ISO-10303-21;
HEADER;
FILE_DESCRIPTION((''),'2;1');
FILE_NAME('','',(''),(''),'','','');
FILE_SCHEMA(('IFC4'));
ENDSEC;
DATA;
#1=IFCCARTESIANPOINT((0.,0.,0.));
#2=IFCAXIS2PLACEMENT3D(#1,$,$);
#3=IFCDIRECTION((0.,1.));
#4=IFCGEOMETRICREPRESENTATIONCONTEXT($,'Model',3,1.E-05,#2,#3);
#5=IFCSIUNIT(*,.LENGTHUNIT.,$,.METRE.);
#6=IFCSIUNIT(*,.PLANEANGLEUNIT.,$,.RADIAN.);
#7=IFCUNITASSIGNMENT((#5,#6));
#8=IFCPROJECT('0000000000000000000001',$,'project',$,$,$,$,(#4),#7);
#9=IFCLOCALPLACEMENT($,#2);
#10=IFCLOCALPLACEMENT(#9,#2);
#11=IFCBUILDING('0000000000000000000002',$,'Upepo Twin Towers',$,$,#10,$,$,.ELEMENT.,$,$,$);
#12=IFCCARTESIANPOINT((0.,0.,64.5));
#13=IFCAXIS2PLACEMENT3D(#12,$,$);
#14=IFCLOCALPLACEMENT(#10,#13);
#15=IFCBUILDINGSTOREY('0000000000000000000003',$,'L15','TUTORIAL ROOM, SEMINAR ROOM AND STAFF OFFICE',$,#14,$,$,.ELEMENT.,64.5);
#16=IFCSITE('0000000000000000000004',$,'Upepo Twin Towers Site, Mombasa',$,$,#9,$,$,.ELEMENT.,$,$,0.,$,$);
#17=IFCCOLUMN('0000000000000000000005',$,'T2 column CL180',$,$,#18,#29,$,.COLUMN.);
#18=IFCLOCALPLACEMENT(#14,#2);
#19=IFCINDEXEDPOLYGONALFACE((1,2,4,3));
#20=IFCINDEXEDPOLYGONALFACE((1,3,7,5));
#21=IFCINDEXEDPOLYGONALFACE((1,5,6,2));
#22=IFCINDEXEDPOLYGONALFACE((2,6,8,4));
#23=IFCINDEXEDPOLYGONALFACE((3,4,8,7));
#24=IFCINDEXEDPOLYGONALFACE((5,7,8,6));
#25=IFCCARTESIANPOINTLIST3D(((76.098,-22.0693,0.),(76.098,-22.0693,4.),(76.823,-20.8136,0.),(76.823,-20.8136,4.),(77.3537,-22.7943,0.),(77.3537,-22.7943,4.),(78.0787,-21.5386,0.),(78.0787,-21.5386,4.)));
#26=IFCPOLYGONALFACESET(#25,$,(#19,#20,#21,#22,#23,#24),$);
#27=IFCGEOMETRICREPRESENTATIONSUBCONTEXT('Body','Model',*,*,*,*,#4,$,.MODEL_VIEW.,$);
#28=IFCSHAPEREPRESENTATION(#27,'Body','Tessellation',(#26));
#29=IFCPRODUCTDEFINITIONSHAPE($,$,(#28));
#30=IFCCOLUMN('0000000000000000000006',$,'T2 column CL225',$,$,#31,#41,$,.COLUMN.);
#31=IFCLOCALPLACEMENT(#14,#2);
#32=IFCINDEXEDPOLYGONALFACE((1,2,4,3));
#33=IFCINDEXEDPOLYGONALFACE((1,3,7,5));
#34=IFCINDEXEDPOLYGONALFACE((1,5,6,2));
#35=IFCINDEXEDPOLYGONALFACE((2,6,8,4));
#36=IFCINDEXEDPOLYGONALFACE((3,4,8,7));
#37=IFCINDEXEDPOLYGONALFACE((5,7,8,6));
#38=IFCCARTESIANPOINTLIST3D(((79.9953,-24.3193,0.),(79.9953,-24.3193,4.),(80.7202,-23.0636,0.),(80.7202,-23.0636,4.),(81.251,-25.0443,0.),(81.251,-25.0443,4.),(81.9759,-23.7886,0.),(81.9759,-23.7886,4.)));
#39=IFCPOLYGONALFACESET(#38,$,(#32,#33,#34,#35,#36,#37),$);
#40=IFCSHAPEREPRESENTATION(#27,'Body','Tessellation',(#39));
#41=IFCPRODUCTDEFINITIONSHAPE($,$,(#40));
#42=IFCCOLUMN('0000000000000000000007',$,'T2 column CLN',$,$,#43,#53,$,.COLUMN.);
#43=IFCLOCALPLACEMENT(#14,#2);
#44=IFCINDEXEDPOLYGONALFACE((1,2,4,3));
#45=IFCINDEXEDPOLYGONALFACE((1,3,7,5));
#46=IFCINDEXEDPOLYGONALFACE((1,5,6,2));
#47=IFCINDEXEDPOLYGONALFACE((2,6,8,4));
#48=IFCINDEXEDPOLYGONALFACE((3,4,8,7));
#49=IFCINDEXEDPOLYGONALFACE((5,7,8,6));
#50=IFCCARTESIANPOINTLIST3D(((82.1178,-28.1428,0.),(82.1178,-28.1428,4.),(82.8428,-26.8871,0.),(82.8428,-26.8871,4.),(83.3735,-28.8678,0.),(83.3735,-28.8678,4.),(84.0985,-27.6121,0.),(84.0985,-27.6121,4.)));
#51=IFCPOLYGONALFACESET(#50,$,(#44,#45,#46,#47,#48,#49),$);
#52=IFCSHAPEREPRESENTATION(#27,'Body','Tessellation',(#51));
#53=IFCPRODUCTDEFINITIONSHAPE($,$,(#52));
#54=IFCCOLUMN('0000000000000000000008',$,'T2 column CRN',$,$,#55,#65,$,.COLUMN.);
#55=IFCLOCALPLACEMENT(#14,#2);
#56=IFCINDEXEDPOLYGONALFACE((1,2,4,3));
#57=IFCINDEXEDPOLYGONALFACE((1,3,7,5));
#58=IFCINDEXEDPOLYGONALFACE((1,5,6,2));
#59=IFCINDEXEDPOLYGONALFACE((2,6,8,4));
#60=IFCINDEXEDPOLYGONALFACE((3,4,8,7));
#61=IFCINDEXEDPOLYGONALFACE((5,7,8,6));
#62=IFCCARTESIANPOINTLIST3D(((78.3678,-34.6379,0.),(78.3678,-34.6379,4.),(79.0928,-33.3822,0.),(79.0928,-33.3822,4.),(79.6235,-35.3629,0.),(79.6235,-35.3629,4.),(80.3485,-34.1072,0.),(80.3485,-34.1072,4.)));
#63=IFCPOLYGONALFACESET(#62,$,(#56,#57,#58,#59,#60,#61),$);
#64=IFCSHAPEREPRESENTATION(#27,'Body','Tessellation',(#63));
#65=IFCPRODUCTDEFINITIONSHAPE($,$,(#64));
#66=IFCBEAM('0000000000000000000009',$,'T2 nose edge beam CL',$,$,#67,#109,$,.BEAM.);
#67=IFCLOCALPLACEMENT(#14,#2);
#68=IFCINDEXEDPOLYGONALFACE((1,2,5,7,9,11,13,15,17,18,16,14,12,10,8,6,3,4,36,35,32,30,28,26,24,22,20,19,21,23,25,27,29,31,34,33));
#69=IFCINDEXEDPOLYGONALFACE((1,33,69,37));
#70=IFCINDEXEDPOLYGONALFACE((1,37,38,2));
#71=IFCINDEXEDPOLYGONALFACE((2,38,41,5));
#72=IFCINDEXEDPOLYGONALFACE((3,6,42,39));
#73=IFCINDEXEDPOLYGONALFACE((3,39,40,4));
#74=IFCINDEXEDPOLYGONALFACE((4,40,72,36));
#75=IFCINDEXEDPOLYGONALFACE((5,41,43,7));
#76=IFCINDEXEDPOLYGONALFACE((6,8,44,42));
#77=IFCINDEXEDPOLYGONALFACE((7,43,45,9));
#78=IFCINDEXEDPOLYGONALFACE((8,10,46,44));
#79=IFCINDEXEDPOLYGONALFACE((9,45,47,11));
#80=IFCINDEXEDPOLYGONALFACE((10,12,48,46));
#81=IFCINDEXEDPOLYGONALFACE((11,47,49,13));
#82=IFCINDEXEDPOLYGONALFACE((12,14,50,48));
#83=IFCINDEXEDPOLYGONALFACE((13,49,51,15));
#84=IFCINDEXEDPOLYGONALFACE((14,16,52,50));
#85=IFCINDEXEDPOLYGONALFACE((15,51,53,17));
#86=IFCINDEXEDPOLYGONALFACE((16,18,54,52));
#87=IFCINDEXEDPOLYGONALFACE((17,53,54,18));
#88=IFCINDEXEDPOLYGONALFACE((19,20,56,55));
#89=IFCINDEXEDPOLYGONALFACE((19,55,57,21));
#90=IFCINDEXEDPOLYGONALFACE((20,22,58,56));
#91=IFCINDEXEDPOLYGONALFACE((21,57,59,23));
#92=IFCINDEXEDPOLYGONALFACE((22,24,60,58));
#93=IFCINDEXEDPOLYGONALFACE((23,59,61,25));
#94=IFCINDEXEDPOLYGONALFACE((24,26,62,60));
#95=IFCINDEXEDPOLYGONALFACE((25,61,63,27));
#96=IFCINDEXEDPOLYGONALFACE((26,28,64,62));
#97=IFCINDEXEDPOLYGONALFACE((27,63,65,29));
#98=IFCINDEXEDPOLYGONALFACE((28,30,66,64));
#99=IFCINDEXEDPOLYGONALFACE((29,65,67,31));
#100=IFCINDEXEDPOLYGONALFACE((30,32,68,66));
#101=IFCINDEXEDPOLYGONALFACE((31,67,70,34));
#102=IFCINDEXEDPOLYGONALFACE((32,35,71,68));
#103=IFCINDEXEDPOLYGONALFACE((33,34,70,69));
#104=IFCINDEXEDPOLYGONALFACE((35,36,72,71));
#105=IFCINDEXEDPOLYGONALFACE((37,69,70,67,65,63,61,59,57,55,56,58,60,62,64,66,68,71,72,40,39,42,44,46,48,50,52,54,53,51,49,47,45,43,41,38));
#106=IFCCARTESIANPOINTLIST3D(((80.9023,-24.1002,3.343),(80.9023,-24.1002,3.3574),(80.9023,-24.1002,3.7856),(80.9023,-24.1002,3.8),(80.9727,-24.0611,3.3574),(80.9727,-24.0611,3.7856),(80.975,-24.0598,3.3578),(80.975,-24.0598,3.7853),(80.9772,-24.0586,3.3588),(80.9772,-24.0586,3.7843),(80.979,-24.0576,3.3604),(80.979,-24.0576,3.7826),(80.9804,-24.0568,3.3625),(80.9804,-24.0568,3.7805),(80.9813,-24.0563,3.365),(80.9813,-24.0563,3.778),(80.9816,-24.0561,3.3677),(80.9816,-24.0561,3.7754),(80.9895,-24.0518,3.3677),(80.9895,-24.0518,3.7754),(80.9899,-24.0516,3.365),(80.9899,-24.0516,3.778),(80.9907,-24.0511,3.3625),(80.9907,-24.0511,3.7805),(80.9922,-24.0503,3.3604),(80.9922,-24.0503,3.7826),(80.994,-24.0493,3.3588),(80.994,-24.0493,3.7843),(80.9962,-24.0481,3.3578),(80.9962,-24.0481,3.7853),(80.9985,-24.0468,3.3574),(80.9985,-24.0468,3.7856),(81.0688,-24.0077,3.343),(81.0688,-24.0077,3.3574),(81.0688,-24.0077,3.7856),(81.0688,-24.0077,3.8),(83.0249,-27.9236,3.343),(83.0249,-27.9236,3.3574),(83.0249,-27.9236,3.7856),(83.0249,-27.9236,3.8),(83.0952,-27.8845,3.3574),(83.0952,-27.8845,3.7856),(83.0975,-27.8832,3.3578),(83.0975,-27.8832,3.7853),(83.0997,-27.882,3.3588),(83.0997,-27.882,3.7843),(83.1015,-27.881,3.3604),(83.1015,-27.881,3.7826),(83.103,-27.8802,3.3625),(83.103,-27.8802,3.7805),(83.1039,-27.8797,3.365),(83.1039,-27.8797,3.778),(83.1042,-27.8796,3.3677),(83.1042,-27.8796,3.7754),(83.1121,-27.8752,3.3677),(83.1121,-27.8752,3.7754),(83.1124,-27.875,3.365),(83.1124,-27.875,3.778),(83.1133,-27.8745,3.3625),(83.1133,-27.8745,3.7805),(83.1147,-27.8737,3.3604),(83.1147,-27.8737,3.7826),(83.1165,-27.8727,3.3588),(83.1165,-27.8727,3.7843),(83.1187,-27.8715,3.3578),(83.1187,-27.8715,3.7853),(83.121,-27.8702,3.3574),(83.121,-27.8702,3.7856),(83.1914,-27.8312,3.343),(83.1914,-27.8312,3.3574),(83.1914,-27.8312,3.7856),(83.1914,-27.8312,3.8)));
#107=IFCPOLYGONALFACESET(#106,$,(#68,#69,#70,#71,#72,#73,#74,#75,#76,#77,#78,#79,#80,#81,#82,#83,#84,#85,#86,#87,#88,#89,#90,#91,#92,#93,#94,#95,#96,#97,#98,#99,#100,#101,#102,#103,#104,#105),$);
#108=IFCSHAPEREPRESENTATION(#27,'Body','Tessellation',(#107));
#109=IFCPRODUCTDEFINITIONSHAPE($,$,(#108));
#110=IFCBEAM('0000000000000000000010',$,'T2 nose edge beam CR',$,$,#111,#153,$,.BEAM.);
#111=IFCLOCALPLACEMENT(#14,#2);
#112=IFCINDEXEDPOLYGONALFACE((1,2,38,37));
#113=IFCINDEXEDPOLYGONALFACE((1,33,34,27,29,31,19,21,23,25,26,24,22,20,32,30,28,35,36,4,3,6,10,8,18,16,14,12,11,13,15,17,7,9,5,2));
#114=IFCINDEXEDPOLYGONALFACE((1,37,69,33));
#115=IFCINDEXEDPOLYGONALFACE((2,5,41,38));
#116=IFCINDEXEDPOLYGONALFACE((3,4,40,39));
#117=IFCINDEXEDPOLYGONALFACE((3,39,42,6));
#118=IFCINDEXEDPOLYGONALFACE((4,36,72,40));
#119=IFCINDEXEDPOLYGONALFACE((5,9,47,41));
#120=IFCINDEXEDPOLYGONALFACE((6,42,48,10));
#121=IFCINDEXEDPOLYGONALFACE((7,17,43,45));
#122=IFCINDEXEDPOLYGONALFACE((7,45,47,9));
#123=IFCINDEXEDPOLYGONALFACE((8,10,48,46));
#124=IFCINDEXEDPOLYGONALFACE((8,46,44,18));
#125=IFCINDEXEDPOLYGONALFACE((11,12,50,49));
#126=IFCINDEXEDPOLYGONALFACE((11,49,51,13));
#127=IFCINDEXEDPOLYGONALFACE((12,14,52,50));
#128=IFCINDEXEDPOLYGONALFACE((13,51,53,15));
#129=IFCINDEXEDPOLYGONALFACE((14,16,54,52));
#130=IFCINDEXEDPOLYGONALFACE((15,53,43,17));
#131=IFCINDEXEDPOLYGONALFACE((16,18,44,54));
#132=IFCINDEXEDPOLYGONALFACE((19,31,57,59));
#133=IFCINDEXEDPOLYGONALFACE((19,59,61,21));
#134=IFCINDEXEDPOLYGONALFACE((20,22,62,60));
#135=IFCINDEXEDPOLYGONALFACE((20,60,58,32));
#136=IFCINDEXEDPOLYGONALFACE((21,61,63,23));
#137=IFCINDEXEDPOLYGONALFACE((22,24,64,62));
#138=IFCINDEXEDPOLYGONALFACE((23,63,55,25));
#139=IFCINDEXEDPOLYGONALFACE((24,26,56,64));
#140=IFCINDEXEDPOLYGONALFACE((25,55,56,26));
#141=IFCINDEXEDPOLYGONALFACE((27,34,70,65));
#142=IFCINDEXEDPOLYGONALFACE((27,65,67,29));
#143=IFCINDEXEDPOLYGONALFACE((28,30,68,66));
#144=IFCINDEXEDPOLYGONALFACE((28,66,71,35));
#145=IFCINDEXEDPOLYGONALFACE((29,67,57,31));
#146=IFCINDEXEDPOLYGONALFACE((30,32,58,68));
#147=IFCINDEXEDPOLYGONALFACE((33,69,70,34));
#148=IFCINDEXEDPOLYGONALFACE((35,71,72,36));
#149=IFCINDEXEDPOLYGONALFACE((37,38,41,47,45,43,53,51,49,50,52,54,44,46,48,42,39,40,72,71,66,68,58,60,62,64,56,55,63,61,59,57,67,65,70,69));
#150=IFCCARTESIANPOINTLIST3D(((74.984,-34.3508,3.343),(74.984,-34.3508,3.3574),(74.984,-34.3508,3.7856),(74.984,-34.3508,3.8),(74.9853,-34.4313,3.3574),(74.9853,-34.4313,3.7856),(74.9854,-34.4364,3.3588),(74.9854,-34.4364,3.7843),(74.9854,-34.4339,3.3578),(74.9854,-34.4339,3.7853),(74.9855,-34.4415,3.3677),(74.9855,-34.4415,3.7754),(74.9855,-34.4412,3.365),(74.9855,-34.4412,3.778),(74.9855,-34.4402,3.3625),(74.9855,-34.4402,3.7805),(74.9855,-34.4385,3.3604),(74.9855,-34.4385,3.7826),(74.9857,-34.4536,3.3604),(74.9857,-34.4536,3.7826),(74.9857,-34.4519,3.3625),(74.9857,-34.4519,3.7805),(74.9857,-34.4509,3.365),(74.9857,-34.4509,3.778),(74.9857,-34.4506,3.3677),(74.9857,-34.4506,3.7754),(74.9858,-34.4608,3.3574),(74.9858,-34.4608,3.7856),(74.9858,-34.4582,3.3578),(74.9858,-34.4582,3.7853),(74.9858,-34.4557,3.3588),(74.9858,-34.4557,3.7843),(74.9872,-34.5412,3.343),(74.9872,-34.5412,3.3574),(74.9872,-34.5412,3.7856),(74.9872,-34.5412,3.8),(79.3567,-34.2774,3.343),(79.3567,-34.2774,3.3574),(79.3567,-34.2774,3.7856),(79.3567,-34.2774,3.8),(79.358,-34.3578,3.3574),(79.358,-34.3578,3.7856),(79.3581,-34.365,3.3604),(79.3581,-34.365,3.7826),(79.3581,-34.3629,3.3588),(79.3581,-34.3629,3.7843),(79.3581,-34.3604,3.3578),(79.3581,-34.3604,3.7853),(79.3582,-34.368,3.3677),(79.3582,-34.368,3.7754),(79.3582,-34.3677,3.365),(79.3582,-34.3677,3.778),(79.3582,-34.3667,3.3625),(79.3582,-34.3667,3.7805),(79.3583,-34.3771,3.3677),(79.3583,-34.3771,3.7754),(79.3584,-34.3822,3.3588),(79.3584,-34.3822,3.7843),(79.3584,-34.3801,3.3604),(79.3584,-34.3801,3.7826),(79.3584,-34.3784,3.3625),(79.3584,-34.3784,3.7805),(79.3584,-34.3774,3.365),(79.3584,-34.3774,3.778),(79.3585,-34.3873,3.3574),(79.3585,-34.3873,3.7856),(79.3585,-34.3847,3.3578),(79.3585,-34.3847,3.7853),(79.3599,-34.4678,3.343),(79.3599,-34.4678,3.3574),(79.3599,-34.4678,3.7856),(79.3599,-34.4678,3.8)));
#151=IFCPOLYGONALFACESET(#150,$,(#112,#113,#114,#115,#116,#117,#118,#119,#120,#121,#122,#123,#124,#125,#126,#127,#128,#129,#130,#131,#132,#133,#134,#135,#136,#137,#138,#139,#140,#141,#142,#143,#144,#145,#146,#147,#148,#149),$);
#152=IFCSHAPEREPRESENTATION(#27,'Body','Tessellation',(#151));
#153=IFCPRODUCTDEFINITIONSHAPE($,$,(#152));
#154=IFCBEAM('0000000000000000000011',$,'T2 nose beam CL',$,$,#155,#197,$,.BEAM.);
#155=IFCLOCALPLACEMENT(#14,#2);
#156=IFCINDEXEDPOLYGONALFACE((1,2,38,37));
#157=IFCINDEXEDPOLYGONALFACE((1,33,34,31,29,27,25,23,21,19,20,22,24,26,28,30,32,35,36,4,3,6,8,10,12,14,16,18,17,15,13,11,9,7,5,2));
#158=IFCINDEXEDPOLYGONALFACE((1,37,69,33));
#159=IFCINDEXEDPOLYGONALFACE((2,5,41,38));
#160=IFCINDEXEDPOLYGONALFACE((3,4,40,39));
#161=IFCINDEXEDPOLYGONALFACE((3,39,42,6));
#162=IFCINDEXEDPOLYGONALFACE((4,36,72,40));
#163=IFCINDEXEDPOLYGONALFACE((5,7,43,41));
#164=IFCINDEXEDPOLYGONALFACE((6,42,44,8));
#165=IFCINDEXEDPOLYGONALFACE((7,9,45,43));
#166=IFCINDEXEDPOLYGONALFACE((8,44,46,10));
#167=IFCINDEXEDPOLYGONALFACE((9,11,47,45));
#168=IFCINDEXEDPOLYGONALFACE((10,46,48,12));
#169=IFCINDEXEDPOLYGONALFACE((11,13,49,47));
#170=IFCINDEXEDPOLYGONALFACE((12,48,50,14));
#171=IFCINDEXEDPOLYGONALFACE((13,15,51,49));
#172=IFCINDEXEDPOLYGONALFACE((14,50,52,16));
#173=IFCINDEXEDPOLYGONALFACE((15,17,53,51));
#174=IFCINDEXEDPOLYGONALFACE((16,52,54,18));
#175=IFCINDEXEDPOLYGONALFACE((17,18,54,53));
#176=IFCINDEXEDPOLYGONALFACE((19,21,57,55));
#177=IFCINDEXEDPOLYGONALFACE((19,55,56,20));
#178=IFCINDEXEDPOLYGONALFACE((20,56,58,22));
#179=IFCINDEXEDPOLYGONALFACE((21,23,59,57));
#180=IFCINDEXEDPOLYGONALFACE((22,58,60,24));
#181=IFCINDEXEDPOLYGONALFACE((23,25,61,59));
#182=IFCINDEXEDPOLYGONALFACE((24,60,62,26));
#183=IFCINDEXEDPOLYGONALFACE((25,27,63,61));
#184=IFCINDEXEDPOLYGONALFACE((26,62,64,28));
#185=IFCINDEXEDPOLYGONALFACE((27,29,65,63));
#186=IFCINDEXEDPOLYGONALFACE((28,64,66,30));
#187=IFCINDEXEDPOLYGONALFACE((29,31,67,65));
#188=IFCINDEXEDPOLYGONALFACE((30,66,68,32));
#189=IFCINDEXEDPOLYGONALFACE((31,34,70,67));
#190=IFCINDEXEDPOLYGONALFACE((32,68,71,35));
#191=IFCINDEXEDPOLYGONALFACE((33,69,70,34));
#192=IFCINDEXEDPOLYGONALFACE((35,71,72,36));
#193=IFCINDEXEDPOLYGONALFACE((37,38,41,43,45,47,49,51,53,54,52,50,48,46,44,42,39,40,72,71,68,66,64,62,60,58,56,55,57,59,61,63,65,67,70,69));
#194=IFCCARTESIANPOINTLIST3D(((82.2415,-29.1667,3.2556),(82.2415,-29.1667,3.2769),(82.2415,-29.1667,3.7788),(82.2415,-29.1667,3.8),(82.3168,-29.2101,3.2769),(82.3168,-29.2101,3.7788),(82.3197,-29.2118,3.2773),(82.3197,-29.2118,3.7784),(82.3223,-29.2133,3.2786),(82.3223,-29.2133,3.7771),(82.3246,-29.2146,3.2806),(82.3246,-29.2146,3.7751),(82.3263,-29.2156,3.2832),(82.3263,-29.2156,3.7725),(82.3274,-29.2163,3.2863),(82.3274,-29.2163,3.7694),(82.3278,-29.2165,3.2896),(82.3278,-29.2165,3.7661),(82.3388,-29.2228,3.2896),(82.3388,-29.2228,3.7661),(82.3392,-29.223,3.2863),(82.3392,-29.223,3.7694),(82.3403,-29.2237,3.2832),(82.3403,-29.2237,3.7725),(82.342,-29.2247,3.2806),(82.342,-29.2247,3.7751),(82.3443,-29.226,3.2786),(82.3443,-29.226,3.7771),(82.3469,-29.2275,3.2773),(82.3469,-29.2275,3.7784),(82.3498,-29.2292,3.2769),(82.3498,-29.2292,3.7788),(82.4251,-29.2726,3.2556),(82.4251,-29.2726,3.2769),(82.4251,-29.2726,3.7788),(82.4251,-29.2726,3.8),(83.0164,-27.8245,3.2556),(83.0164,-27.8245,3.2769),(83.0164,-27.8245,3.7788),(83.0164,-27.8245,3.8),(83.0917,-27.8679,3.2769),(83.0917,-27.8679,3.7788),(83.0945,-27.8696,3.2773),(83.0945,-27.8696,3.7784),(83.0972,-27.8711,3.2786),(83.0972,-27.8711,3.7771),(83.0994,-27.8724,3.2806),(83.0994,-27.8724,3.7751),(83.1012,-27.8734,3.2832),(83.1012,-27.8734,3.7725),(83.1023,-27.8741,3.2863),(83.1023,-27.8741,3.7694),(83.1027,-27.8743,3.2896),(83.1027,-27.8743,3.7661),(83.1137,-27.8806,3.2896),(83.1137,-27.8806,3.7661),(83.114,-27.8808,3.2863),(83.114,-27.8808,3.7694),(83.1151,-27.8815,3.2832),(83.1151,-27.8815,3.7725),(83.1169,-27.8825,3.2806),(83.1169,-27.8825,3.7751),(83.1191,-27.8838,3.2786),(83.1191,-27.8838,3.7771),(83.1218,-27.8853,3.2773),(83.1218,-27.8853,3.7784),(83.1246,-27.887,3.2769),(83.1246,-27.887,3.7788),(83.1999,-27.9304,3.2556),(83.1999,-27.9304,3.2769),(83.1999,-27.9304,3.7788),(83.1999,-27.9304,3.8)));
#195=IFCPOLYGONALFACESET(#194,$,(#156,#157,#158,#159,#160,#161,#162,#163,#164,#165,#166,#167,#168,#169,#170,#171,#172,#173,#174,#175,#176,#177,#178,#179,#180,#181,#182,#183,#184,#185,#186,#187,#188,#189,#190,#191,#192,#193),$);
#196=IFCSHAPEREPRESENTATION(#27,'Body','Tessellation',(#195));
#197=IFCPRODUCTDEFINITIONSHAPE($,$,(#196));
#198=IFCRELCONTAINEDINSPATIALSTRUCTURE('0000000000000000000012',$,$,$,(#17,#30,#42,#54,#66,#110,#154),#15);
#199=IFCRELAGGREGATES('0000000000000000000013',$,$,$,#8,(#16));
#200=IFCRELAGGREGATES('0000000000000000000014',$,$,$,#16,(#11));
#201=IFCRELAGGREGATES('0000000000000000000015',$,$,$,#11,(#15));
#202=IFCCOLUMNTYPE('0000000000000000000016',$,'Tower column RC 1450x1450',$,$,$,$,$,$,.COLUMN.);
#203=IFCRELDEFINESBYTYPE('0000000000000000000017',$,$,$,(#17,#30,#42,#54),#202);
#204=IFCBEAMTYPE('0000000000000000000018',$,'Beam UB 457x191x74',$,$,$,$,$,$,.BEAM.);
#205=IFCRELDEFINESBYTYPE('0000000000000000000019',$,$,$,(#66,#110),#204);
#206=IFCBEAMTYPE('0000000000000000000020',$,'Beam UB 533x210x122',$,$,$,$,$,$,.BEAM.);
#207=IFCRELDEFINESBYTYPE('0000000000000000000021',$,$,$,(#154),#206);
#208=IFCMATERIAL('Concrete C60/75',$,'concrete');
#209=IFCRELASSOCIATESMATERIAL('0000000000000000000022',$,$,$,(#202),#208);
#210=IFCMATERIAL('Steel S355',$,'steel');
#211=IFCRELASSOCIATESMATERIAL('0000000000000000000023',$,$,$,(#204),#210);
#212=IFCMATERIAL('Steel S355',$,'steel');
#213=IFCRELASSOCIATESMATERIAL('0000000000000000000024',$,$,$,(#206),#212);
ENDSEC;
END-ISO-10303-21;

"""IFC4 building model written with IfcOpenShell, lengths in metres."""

from ifc_helpers import new_model, si_unit, direction, frame, origin, origin_2d, place, context, subcontext, project, spatial, rectangle, i_section, extrude, material, material_profile, profile_set, type_object, element, save


model = new_model("IFC4")

# Units and contexts
model_context = context("Model", 3, precision=1e-05, world=origin(), true_north=direction((0.0, 1.0)))
body_context = subcontext(model_context, "Body", "Model", "MODEL_VIEW")
ifc_project = project(units=[si_unit("LENGTHUNIT", "METRE"), si_unit("PLANEANGLEUNIT", "RADIAN")], contexts=[model_context])

# Site, building, storey
site_placement = place(None, origin())
site = spatial("IfcSite", under=ifc_project, at=site_placement, Name="Upepo Twin Towers Site, Mombasa", CompositionType="ELEMENT", RefElevation=0.0)
building_placement = place(site_placement, origin())
building = spatial("IfcBuilding", under=site, at=building_placement, Name="Upepo Twin Towers", CompositionType="ELEMENT")
storey_placement = place(building_placement, frame((0.0, 0.0, 64.5)))
storey = spatial("IfcBuildingStorey", under=building, at=storey_placement, Name="L15", Description="TUTORIAL ROOM, SEMINAR ROOM AND STAFF OFFICE", CompositionType="ELEMENT", Elevation=64.5)

# Columns
ifc_material_1 = material(Name="Concrete C60/75", Category="concrete")
ifc_material_profile_1 = material_profile(ifc_material_1, rectangle(XDim=1.45, YDim=1.45, at=origin_2d()), Name="RC 1450x1450")
ifc_profile_set_1 = profile_set([ifc_material_profile_1], Name="Concrete C60/75")
column_type = type_object("IfcColumnType", Name="Tower column RC 1450x1450", PredefinedType="COLUMN", material=ifc_profile_set_1)
for number, where, z_axis, x_axis, name in (
    (1, (77.0884, -21.804, 0.0), (0.0, 0.0, 1.0), (0.5, 0.866025, 0.0), "T2 column CL180"),
    (2, (80.9856, -24.054, 0.0), (0.0, 0.0, 1.0), (0.5, 0.866025, 0.0), "T2 column CL225"),
    (3, (83.1082, -27.8774, 0.0), (0.0, 0.0, 1.0), (0.5, 0.866025, 0.0), "T2 column CLN"),
    (4, (79.3582, -34.3726, 0.0), (0.0, 0.0, 1.0), (0.5, 0.866025, 0.0), "T2 column CRN"),
):
    element("IfcColumn", number, at=place(storey_placement, frame(where, z_axis=z_axis, x_axis=x_axis)), inside=storey, type_object=column_type, Name=name, PredefinedType="COLUMN", context=body_context, shape_type="SweptSolid", body=[
        extrude(rectangle(XDim=1.45, YDim=1.45, at=origin_2d()), origin(), (0.0, 0.0, 1.0), 4.0),
    ])

# Beams
ifc_material_2 = material(Name="Steel S355", Category="steel")
ifc_material_profile_2 = material_profile(ifc_material_2, i_section(OverallWidth=0.1904, OverallDepth=0.457, WebThickness=0.009, FlangeThickness=0.0144, FilletRadius=0.0103, at=origin_2d()), Name="UB 457x191x74")
ifc_profile_set_2 = profile_set([ifc_material_profile_2], Name="Steel S355")
beam_type_1 = type_object("IfcBeamType", Name="Beam UB 457x191x74", PredefinedType="BEAM", material=ifc_profile_set_2)
beam_1_placement = place(storey_placement, frame((80.9856, -24.054, 3.5715), z_axis=(0.485363, -0.874313, 0.0), x_axis=(0.874313, 0.485363, 0.0)))
element("IfcBeam", 5, at=beam_1_placement, inside=storey, type_object=beam_type_1, Name="T2 nose edge beam CL", PredefinedType="BEAM", context=body_context, shape_type="SweptSolid", body=[
    extrude(i_section(OverallWidth=0.1904, OverallDepth=0.457, WebThickness=0.009, FlangeThickness=0.0144, FilletRadius=0.0103, at=origin_2d()), origin(), (0.0, 0.0, 1.0), 4.373),
])
beam_2_placement = place(storey_placement, frame((74.9856, -34.446, 3.5715), z_axis=(0.999859, 0.016804, 0.0), x_axis=(-0.016804, 0.999859, 0.0)))
element("IfcBeam", 6, at=beam_2_placement, inside=storey, type_object=beam_type_1, Name="T2 nose edge beam CR", PredefinedType="BEAM", context=body_context, shape_type="SweptSolid", body=[
    extrude(i_section(OverallWidth=0.1904, OverallDepth=0.457, WebThickness=0.009, FlangeThickness=0.0144, FilletRadius=0.0103, at=origin_2d()), origin(), (0.0, 0.0, 1.0), 4.3733),
])
ifc_material_3 = material(Name="Steel S355", Category="steel")
ifc_material_profile_3 = material_profile(ifc_material_3, i_section(OverallWidth=0.2119, OverallDepth=0.5444, WebThickness=0.0127, FlangeThickness=0.0212, FilletRadius=0.0127, at=origin_2d()), Name="UB 533x210x122")
ifc_profile_set_3 = profile_set([ifc_material_profile_3], Name="Steel S355")
beam_type_2 = type_object("IfcBeamType", Name="Beam UB 533x210x122", PredefinedType="BEAM", material=ifc_profile_set_3)
for number, where, z_axis, x_axis, name in (
    (7, (83.1082, -27.8774, 3.5278), (-0.499968, -0.866044, 0.0), (0.866044, -0.499968, 0.0), "T2 nose beam CL"),
):
    element("IfcBeam", number, at=place(storey_placement, frame(where, z_axis=z_axis, x_axis=x_axis)), inside=storey, type_object=beam_type_2, Name=name, PredefinedType="BEAM", context=body_context, shape_type="SweptSolid", body=[
        extrude(i_section(OverallWidth=0.2119, OverallDepth=0.5444, WebThickness=0.0127, FlangeThickness=0.0212, FilletRadius=0.0127, at=origin_2d()), origin(), (0.0, 0.0, 1.0), 1.5498),
    ])

save(model, "model.ifc")
